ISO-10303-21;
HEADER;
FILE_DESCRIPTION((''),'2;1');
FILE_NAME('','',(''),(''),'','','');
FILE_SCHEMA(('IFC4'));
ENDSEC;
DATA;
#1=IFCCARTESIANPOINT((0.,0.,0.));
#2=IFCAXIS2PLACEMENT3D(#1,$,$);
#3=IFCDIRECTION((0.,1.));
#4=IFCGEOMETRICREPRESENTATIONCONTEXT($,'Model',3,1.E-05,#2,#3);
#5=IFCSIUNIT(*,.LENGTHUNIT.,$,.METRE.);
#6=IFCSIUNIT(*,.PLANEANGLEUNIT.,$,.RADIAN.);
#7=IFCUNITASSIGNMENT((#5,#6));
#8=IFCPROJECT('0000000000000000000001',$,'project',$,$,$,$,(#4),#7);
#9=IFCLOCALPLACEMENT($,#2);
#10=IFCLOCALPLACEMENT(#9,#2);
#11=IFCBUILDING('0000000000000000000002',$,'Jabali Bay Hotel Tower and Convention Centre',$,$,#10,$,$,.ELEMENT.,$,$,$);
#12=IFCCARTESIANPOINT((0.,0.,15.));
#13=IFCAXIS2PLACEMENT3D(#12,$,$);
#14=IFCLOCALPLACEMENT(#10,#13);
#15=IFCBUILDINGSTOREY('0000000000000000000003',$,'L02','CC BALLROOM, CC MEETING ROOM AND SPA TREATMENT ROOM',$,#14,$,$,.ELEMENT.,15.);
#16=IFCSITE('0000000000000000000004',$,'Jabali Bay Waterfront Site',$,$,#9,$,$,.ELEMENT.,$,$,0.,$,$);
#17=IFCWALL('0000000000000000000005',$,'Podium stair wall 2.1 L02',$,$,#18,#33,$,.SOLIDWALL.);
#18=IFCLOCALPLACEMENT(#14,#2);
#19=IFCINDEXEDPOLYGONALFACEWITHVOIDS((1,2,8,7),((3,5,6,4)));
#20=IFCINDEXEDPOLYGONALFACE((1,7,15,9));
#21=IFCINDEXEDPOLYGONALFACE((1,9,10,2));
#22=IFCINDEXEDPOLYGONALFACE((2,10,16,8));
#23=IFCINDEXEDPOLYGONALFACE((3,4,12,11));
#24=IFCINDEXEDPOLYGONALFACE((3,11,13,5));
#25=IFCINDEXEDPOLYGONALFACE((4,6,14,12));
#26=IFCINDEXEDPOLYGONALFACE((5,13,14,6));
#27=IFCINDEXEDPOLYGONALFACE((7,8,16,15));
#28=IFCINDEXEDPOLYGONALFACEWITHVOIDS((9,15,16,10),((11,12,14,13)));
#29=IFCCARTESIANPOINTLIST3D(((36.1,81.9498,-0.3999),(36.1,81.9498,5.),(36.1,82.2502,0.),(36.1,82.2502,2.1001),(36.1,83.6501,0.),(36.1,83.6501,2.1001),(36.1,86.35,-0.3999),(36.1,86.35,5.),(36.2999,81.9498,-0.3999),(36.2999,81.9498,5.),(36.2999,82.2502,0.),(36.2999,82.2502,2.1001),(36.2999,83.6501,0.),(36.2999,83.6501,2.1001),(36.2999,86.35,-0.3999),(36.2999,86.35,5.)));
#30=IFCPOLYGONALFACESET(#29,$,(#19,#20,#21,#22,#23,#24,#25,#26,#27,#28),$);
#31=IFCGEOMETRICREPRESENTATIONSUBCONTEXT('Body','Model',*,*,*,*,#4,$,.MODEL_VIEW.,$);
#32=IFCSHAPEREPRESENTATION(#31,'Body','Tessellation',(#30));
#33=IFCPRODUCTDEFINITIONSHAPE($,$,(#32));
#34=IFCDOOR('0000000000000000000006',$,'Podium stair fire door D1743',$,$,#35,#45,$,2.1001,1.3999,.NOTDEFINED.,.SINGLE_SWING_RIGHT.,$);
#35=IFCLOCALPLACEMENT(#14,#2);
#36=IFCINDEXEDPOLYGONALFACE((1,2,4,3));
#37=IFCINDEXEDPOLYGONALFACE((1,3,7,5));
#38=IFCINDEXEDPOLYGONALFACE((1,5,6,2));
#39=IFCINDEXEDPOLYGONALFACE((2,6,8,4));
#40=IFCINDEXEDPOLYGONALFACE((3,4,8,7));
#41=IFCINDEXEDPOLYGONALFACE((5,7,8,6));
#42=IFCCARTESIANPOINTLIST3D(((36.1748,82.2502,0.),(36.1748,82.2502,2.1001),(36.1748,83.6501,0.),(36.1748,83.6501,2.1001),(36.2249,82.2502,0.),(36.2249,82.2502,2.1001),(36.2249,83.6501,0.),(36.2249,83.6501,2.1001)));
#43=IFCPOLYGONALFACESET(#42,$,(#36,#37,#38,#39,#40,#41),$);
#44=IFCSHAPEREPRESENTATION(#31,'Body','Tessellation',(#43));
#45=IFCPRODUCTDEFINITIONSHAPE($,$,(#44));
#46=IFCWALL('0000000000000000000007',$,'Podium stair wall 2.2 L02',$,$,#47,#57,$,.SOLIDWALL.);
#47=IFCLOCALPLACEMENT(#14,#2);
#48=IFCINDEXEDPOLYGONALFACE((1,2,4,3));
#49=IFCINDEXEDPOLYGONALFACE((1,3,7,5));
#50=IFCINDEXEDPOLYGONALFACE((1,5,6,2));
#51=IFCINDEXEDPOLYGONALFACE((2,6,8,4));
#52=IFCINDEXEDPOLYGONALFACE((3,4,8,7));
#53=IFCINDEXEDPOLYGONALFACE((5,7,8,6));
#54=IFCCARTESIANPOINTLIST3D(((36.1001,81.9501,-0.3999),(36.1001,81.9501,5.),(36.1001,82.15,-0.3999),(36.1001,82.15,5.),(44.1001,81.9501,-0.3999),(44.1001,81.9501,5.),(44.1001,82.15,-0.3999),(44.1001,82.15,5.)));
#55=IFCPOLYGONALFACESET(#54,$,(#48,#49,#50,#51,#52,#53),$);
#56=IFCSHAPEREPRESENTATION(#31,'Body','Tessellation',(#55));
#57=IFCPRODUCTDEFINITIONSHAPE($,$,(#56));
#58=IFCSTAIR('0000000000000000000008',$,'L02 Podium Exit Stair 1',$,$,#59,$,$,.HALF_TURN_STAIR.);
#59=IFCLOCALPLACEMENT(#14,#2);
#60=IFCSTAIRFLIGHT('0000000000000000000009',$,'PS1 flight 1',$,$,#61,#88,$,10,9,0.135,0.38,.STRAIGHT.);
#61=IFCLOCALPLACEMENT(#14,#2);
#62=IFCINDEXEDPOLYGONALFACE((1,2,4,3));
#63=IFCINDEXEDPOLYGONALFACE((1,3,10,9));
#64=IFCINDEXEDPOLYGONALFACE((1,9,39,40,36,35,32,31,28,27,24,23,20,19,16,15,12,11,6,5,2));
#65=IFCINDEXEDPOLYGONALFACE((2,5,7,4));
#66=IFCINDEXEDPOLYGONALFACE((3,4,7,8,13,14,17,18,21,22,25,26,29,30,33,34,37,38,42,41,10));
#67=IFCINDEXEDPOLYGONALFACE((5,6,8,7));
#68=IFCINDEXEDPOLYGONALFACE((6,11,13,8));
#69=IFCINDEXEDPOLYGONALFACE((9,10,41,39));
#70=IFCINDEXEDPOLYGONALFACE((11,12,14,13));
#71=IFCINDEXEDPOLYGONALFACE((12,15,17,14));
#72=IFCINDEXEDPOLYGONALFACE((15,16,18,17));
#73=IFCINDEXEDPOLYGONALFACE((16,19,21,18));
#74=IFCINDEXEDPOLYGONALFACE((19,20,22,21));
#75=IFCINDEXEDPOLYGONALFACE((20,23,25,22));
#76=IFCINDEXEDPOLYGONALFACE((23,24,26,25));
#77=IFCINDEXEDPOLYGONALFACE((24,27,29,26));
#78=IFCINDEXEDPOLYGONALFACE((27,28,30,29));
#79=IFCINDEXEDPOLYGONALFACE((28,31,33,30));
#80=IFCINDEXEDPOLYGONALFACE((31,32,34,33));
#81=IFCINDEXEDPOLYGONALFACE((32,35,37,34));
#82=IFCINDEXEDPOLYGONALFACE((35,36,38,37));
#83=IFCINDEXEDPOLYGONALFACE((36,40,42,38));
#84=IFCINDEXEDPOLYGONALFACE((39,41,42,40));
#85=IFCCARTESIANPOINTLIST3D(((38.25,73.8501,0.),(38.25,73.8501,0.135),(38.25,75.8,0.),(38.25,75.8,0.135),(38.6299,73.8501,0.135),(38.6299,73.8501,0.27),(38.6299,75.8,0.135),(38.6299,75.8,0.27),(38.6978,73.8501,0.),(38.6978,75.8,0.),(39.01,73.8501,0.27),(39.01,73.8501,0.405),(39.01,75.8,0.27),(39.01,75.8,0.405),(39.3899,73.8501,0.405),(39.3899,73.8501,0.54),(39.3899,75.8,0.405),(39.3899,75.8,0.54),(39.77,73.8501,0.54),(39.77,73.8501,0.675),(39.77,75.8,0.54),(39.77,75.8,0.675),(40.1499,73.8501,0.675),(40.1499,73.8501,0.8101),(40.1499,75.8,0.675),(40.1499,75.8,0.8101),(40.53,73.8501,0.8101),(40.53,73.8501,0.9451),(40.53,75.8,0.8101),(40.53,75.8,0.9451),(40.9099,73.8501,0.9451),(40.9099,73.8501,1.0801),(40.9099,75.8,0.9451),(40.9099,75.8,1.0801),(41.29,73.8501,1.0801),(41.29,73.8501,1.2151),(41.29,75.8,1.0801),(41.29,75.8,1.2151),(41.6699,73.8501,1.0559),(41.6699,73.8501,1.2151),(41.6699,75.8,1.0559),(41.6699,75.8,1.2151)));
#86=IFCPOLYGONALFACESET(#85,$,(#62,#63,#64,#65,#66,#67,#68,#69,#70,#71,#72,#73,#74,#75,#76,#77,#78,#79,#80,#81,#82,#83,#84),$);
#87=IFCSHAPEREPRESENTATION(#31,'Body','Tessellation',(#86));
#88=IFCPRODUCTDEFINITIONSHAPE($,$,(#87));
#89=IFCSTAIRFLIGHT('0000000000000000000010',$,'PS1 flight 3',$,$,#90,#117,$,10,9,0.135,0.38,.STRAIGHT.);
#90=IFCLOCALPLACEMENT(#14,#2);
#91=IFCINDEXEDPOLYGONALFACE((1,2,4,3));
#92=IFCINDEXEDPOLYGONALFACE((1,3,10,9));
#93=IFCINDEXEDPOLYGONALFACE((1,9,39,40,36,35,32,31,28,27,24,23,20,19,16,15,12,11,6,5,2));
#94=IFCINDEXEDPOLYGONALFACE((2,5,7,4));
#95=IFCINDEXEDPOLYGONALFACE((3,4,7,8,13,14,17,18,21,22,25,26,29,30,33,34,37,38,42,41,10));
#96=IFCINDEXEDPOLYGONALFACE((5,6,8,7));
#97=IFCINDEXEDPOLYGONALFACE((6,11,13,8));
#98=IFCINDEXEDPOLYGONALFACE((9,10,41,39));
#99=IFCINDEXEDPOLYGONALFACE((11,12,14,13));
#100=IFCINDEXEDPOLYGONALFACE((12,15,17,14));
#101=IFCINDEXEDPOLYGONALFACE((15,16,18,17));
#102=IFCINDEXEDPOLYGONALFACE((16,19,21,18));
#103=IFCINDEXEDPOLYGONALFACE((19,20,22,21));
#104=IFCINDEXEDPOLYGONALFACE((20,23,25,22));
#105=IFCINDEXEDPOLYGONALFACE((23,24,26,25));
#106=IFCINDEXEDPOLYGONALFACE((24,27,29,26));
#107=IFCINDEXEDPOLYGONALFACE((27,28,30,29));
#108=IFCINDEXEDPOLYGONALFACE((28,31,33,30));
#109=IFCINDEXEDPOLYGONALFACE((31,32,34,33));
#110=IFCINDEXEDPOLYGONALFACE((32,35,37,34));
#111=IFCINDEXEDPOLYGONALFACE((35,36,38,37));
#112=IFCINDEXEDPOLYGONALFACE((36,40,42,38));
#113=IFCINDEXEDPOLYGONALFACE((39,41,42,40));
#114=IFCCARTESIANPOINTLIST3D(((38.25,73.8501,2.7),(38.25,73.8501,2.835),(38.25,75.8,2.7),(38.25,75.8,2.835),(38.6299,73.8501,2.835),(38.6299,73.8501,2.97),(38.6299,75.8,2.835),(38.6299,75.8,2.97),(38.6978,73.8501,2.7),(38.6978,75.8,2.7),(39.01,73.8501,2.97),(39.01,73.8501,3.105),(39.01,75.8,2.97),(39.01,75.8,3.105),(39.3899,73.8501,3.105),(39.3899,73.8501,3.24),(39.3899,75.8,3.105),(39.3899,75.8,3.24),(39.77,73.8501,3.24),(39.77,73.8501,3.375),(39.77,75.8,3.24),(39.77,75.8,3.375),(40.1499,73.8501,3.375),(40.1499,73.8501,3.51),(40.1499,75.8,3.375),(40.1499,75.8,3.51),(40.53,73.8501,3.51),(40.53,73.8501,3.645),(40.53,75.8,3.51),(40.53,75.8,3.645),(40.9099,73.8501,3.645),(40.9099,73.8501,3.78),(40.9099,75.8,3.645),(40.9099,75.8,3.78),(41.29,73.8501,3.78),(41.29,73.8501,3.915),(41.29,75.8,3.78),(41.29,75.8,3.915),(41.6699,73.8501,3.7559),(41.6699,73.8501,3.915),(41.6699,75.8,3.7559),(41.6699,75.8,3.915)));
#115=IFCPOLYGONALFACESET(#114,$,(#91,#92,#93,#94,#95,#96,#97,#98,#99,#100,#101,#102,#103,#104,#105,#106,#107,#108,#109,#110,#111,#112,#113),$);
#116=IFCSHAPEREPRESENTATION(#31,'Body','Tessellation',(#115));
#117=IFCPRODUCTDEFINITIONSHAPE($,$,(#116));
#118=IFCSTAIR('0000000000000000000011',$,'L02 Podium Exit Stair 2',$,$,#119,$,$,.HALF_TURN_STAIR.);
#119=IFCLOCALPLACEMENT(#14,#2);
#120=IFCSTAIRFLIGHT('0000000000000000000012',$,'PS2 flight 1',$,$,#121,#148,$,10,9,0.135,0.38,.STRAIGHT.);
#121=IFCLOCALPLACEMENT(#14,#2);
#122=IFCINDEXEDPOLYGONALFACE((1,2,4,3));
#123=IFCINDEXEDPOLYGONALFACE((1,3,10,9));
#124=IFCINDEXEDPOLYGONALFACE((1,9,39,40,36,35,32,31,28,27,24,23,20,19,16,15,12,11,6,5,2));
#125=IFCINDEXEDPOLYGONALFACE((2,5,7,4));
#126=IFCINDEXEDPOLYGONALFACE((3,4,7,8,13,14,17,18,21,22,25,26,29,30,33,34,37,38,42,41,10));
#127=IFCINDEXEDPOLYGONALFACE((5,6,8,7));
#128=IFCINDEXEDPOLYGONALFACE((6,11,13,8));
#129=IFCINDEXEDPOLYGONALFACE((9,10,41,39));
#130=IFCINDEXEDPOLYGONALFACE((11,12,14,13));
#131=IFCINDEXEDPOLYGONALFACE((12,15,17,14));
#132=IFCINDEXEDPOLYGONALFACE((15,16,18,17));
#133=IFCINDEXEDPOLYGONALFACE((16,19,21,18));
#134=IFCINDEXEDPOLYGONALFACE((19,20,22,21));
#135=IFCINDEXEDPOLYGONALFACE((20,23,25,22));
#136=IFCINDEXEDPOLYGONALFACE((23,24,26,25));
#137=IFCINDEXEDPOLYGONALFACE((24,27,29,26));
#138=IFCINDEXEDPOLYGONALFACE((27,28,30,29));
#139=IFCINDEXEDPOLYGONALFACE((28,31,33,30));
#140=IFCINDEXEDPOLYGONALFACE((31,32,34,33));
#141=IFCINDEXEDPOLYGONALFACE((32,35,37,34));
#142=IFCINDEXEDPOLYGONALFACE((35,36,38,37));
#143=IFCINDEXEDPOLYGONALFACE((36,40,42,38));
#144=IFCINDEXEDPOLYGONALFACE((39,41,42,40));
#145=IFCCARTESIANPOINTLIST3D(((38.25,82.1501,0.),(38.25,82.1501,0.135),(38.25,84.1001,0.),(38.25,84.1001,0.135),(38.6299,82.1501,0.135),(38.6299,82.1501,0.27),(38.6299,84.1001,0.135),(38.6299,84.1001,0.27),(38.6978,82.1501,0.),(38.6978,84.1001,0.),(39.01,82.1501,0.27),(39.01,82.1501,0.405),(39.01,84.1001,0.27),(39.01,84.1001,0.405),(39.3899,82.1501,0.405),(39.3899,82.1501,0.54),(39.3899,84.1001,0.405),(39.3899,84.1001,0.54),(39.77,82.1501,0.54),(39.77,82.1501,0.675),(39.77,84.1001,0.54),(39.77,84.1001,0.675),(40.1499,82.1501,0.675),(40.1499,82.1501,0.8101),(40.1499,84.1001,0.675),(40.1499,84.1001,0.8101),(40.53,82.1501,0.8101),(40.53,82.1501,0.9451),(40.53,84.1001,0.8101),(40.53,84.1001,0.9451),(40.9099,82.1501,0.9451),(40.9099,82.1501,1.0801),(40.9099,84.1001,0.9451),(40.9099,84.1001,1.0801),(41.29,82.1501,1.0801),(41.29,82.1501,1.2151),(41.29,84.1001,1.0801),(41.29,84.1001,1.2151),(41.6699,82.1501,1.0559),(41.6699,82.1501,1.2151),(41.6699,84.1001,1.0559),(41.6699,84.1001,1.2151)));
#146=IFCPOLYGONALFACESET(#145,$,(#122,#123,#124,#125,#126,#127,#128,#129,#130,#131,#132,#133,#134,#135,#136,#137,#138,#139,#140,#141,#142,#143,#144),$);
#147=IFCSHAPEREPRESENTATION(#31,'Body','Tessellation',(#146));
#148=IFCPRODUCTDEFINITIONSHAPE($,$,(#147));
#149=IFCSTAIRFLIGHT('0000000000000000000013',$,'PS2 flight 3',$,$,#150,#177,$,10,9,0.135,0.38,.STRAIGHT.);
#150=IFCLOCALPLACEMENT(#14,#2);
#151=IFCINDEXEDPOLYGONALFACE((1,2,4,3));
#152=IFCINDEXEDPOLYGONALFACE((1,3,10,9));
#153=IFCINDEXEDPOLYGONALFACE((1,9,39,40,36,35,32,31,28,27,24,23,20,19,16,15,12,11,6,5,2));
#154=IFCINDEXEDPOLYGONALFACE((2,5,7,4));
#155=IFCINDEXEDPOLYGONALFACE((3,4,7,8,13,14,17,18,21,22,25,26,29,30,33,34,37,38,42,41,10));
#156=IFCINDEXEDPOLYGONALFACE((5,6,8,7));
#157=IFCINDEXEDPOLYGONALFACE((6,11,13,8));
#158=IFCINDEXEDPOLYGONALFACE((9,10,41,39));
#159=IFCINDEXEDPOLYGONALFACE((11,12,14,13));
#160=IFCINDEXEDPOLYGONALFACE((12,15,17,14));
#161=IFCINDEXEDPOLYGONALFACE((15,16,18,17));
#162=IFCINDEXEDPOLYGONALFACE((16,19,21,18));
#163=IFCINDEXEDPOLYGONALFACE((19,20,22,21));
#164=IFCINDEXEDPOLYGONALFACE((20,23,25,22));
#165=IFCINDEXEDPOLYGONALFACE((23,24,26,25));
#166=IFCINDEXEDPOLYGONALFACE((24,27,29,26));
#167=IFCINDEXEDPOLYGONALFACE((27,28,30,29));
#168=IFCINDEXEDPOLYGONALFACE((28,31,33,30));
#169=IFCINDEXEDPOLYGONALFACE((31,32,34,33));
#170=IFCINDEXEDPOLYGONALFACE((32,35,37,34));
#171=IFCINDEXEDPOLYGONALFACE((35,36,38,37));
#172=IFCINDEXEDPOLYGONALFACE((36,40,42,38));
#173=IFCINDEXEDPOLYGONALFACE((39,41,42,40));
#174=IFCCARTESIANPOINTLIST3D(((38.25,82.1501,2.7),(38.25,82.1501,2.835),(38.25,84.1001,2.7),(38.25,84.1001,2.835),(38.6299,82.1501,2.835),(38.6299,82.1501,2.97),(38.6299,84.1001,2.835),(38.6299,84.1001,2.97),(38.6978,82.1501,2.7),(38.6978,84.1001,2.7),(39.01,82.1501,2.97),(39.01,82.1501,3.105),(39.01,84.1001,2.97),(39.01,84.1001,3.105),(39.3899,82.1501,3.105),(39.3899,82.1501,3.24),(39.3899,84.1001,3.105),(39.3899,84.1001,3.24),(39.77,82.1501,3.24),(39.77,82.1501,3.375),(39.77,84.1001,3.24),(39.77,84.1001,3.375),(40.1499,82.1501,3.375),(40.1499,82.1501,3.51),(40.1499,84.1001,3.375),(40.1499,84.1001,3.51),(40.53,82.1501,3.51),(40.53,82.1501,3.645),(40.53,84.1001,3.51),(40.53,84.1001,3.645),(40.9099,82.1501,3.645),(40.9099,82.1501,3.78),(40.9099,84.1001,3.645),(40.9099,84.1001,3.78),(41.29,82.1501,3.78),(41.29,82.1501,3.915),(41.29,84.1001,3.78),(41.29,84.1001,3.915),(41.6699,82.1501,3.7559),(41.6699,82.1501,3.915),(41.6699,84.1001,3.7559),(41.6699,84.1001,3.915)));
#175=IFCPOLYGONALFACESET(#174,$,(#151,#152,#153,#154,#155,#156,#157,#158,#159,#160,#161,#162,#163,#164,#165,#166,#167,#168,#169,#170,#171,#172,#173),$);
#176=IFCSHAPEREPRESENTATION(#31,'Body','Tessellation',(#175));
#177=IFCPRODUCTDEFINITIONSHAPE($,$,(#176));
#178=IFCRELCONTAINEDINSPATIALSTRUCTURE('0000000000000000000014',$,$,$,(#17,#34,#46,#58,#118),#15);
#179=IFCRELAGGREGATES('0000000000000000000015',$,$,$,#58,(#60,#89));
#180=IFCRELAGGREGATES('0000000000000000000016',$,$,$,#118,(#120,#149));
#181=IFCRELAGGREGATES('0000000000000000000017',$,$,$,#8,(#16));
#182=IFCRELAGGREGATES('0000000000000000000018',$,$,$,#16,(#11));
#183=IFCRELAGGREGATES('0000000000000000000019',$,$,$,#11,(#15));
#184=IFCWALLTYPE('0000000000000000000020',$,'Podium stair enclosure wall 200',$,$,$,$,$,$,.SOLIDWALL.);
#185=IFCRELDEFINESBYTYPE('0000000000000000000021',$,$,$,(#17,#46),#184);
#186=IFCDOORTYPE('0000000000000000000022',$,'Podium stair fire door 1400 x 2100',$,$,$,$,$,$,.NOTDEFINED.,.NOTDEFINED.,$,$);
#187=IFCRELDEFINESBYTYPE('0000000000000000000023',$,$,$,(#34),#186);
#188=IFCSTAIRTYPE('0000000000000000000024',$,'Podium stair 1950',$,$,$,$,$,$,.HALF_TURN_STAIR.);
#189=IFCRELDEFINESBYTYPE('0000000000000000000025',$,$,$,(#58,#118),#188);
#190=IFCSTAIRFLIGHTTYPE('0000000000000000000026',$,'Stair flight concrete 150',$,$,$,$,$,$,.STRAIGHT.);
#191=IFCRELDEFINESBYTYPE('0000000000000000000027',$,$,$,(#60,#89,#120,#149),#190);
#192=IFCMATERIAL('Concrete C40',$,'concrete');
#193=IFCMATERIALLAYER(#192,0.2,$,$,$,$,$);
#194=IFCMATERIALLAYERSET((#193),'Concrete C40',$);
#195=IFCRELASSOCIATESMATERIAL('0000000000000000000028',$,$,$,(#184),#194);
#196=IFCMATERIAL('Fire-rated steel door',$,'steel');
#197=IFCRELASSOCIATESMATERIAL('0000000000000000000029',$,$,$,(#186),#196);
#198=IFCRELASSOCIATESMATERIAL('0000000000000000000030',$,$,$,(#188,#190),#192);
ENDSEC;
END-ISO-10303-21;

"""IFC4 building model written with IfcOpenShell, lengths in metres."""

from ifc_helpers import new_model, si_unit, direction, frame, frame_2d, origin, place, context, subcontext, project, spatial, polyline, rectangle, outline, extrude, material, layer, layer_set, type_object, element, fill, aggregate, save


model = new_model("IFC4")

# Units and contexts
model_context = context("Model", 3, precision=1e-05, world=origin(), true_north=direction((0.0, 1.0)))
body_context = subcontext(model_context, "Body", "Model", "MODEL_VIEW")
ifc_project = project(units=[si_unit("LENGTHUNIT", "METRE"), si_unit("PLANEANGLEUNIT", "RADIAN")], contexts=[model_context])

# Site, building, storey
site_placement = place(None, origin())
site = spatial("IfcSite", under=ifc_project, at=site_placement, Name="Jabali Bay Waterfront Site", CompositionType="ELEMENT", RefElevation=0.0)
building_placement = place(site_placement, origin())
building = spatial("IfcBuilding", under=site, at=building_placement, Name="Jabali Bay Hotel Tower and Convention Centre", CompositionType="ELEMENT")
storey_placement = place(building_placement, frame((0.0, 0.0, 15.0)))
storey = spatial("IfcBuildingStorey", under=building, at=storey_placement, Name="L02", Description="CC BALLROOM, CC MEETING ROOM AND SPA TREATMENT ROOM", CompositionType="ELEMENT", Elevation=15.0)

# Shared definitions
ifc_material_1 = material(Name="Concrete C40", Category="concrete")

# Wall, opening, door
ifc_layer_1 = layer(ifc_material_1, 0.2)
ifc_layer_set_1 = layer_set([ifc_layer_1], Name="Concrete C40")
wall_type_1 = type_object("IfcWallType", Name="Podium stair enclosure wall 200", PredefinedType="SOLIDWALL", material=ifc_layer_set_1)
ifc_material_2 = material(Name="Fire-rated steel door", Category="steel")
door_type = type_object("IfcDoorType", Name="Podium stair fire door 1400 x 2100", OperationType="NOTDEFINED", PredefinedType="NOTDEFINED", material=ifc_material_2)
wall_1_placement = place(storey_placement, frame((36.2, 86.3501, -0.3999), z_axis=(0.0, 0.0, 1.0), x_axis=(0.0, -1.0, 0.0)))
wall_1 = element("IfcWall", 1, at=wall_1_placement, inside=storey, type_object=wall_type_1, Name="Podium stair wall 2.1 L02", PredefinedType="SOLIDWALL", context=body_context, shape_type="SweptSolid", body=[
    extrude(rectangle(XDim=4.4001, YDim=0.2, at=frame_2d((2.2002, 0.0))), origin(), (0.0, 0.0, 1.0), 5.3999),
])
opening_1_placement = place(wall_1_placement, frame((2.7, 0.0, 0.3999)))
opening_1 = element("IfcOpeningElement", 2, at=opening_1_placement, cuts=wall_1, PredefinedType="OPENING", context=body_context, shape_type="SweptSolid", body=[
    extrude(rectangle(XDim=1.3999, YDim=2.1001, at=frame_2d((0.7, 1.05))), frame((0.0, 0.1104, 0.0), z_axis=(0.0, -1.0, 0.0), x_axis=(1.0, 0.0, 0.0)), (0.0, 0.0, 1.0), 0.2209),
])
door_1_placement = place(opening_1_placement, origin())
door_1 = element("IfcDoor", 3, at=door_1_placement, inside=storey, type_object=door_type, Name="Podium stair fire door D1743", OperationType="SINGLE_SWING_RIGHT", OverallHeight=2.1001, OverallWidth=1.3999, PredefinedType="NOTDEFINED", context=body_context, shape_type="SweptSolid", body=[
    extrude(rectangle(XDim=1.3999, YDim=2.1001, at=frame_2d((0.7, 1.05))), frame((0.0, 0.0249, 0.0), z_axis=(0.0, -1.0, 0.0), x_axis=(1.0, 0.0, 0.0)), (0.0, 0.0, 1.0), 0.05),
])
fill(opening_1, door_1)

# Wall
wall_2_placement = place(storey_placement, frame((36.1001, 82.05, -0.3999), z_axis=(0.0, 0.0, 1.0), x_axis=(1.0, 0.0, 0.0)))
element("IfcWall", 4, at=wall_2_placement, inside=storey, type_object=wall_type_1, Name="Podium stair wall 2.2 L02", PredefinedType="SOLIDWALL", context=body_context, shape_type="SweptSolid", body=[
    extrude(rectangle(XDim=8.0, YDim=0.2, at=frame_2d((4.0, 0.0))), origin(), (0.0, 0.0, 1.0), 5.3999),
])

# Stairs, stair flights
stair_type = type_object("IfcStairType", Name="Podium stair 1950", PredefinedType="HALF_TURN_STAIR", material=ifc_material_1)
stair_1_placement = place(storey_placement, origin())
stair_1 = element("IfcStair", 5, at=stair_1_placement, inside=storey, type_object=stair_type, Name="L02 Podium Exit Stair 1", PredefinedType="HALF_TURN_STAIR")
stair_flight_type = type_object("IfcStairFlightType", Name="Stair flight concrete 150", PredefinedType="STRAIGHT", material=ifc_material_1)
stair_flight_1_placement = place(storey_placement, frame((38.25, 74.825, 0.0), z_axis=(0.0, 0.0, 1.0), x_axis=(1.0, 0.0, 0.0)))
stair_flight_1 = element("IfcStairFlight", 6, at=stair_flight_1_placement, type_object=stair_flight_type, Name="PS1 flight 1", NumberOfRisers=10, NumberOfTreads=9, PredefinedType="STRAIGHT", RiserHeight=0.135, TreadLength=0.38, context=body_context, shape_type="SweptSolid", body=[
    extrude(outline(polyline([(0.0, 0.0), (0.0, 0.135), (0.3799, 0.135), (0.3799, 0.27), (0.76, 0.27), (0.76, 0.405), (1.1399, 0.405), (1.1399, 0.54), (1.52, 0.54), (1.52, 0.675), (1.8999, 0.675), (1.8999, 0.8101), (2.28, 0.8101), (2.28, 0.9451), (2.6599, 0.9451), (2.6599, 1.0801), (3.04, 1.0801), (3.04, 1.2151), (3.4199, 1.2151), (3.4199, 1.3501), (3.4199, 1.0559), (0.4478, 0.0), (0.0, 0.0)])), frame((0.0, 0.9751, 0.0), z_axis=(0.0, -1.0, 0.0), x_axis=(1.0, 0.0, 0.0)), (0.0, 0.0, 1.0), 1.95),
])
stair_flight_2_placement = place(storey_placement, frame((38.25, 74.825, 2.7), z_axis=(0.0, 0.0, 1.0), x_axis=(1.0, 0.0, 0.0)))
stair_flight_2 = element("IfcStairFlight", 7, at=stair_flight_2_placement, type_object=stair_flight_type, Name="PS1 flight 3", NumberOfRisers=10, NumberOfTreads=9, PredefinedType="STRAIGHT", RiserHeight=0.135, TreadLength=0.38, context=body_context, shape_type="SweptSolid", body=[
    extrude(outline(polyline([(0.0, 0.0), (0.0, 0.135), (0.3799, 0.135), (0.3799, 0.27), (0.76, 0.27), (0.76, 0.405), (1.1399, 0.405), (1.1399, 0.54), (1.52, 0.54), (1.52, 0.675), (1.8999, 0.675), (1.8999, 0.8101), (2.28, 0.8101), (2.28, 0.9451), (2.6599, 0.9451), (2.6599, 1.0801), (3.04, 1.0801), (3.04, 1.2151), (3.4199, 1.2151), (3.4199, 1.3501), (3.4199, 1.0559), (0.4478, 0.0), (0.0, 0.0)])), frame((0.0, 0.9751, 0.0), z_axis=(0.0, -1.0, 0.0), x_axis=(1.0, 0.0, 0.0)), (0.0, 0.0, 1.0), 1.95),
])
aggregate(stair_1, [stair_flight_1, stair_flight_2])
stair_2_placement = place(storey_placement, origin())
stair_2 = element("IfcStair", 8, at=stair_2_placement, inside=storey, type_object=stair_type, Name="L02 Podium Exit Stair 2", PredefinedType="HALF_TURN_STAIR")
stair_flight_3_placement = place(storey_placement, frame((38.25, 83.125, 0.0), z_axis=(0.0, 0.0, 1.0), x_axis=(1.0, 0.0, 0.0)))
stair_flight_3 = element("IfcStairFlight", 9, at=stair_flight_3_placement, type_object=stair_flight_type, Name="PS2 flight 1", NumberOfRisers=10, NumberOfTreads=9, PredefinedType="STRAIGHT", RiserHeight=0.135, TreadLength=0.38, context=body_context, shape_type="SweptSolid", body=[
    extrude(outline(polyline([(0.0, 0.0), (0.0, 0.135), (0.3799, 0.135), (0.3799, 0.27), (0.76, 0.27), (0.76, 0.405), (1.1399, 0.405), (1.1399, 0.54), (1.52, 0.54), (1.52, 0.675), (1.8999, 0.675), (1.8999, 0.8101), (2.28, 0.8101), (2.28, 0.9451), (2.6599, 0.9451), (2.6599, 1.0801), (3.04, 1.0801), (3.04, 1.2151), (3.4199, 1.2151), (3.4199, 1.3501), (3.4199, 1.0559), (0.4478, 0.0), (0.0, 0.0)])), frame((0.0, 0.9751, 0.0), z_axis=(0.0, -1.0, 0.0), x_axis=(1.0, 0.0, 0.0)), (0.0, 0.0, 1.0), 1.95),
])
stair_flight_4_placement = place(storey_placement, frame((38.25, 83.125, 2.7), z_axis=(0.0, 0.0, 1.0), x_axis=(1.0, 0.0, 0.0)))
stair_flight_4 = element("IfcStairFlight", 10, at=stair_flight_4_placement, type_object=stair_flight_type, Name="PS2 flight 3", NumberOfRisers=10, NumberOfTreads=9, PredefinedType="STRAIGHT", RiserHeight=0.135, TreadLength=0.38, context=body_context, shape_type="SweptSolid", body=[
    extrude(outline(polyline([(0.0, 0.0), (0.0, 0.135), (0.3799, 0.135), (0.3799, 0.27), (0.76, 0.27), (0.76, 0.405), (1.1399, 0.405), (1.1399, 0.54), (1.52, 0.54), (1.52, 0.675), (1.8999, 0.675), (1.8999, 0.8101), (2.28, 0.8101), (2.28, 0.9451), (2.6599, 0.9451), (2.6599, 1.0801), (3.04, 1.0801), (3.04, 1.2151), (3.4199, 1.2151), (3.4199, 1.3501), (3.4199, 1.0559), (0.4478, 0.0), (0.0, 0.0)])), frame((0.0, 0.9751, 0.0), z_axis=(0.0, -1.0, 0.0), x_axis=(1.0, 0.0, 0.0)), (0.0, 0.0, 1.0), 1.95),
])
aggregate(stair_2, [stair_flight_3, stair_flight_4])

save(model, "model.ifc")
